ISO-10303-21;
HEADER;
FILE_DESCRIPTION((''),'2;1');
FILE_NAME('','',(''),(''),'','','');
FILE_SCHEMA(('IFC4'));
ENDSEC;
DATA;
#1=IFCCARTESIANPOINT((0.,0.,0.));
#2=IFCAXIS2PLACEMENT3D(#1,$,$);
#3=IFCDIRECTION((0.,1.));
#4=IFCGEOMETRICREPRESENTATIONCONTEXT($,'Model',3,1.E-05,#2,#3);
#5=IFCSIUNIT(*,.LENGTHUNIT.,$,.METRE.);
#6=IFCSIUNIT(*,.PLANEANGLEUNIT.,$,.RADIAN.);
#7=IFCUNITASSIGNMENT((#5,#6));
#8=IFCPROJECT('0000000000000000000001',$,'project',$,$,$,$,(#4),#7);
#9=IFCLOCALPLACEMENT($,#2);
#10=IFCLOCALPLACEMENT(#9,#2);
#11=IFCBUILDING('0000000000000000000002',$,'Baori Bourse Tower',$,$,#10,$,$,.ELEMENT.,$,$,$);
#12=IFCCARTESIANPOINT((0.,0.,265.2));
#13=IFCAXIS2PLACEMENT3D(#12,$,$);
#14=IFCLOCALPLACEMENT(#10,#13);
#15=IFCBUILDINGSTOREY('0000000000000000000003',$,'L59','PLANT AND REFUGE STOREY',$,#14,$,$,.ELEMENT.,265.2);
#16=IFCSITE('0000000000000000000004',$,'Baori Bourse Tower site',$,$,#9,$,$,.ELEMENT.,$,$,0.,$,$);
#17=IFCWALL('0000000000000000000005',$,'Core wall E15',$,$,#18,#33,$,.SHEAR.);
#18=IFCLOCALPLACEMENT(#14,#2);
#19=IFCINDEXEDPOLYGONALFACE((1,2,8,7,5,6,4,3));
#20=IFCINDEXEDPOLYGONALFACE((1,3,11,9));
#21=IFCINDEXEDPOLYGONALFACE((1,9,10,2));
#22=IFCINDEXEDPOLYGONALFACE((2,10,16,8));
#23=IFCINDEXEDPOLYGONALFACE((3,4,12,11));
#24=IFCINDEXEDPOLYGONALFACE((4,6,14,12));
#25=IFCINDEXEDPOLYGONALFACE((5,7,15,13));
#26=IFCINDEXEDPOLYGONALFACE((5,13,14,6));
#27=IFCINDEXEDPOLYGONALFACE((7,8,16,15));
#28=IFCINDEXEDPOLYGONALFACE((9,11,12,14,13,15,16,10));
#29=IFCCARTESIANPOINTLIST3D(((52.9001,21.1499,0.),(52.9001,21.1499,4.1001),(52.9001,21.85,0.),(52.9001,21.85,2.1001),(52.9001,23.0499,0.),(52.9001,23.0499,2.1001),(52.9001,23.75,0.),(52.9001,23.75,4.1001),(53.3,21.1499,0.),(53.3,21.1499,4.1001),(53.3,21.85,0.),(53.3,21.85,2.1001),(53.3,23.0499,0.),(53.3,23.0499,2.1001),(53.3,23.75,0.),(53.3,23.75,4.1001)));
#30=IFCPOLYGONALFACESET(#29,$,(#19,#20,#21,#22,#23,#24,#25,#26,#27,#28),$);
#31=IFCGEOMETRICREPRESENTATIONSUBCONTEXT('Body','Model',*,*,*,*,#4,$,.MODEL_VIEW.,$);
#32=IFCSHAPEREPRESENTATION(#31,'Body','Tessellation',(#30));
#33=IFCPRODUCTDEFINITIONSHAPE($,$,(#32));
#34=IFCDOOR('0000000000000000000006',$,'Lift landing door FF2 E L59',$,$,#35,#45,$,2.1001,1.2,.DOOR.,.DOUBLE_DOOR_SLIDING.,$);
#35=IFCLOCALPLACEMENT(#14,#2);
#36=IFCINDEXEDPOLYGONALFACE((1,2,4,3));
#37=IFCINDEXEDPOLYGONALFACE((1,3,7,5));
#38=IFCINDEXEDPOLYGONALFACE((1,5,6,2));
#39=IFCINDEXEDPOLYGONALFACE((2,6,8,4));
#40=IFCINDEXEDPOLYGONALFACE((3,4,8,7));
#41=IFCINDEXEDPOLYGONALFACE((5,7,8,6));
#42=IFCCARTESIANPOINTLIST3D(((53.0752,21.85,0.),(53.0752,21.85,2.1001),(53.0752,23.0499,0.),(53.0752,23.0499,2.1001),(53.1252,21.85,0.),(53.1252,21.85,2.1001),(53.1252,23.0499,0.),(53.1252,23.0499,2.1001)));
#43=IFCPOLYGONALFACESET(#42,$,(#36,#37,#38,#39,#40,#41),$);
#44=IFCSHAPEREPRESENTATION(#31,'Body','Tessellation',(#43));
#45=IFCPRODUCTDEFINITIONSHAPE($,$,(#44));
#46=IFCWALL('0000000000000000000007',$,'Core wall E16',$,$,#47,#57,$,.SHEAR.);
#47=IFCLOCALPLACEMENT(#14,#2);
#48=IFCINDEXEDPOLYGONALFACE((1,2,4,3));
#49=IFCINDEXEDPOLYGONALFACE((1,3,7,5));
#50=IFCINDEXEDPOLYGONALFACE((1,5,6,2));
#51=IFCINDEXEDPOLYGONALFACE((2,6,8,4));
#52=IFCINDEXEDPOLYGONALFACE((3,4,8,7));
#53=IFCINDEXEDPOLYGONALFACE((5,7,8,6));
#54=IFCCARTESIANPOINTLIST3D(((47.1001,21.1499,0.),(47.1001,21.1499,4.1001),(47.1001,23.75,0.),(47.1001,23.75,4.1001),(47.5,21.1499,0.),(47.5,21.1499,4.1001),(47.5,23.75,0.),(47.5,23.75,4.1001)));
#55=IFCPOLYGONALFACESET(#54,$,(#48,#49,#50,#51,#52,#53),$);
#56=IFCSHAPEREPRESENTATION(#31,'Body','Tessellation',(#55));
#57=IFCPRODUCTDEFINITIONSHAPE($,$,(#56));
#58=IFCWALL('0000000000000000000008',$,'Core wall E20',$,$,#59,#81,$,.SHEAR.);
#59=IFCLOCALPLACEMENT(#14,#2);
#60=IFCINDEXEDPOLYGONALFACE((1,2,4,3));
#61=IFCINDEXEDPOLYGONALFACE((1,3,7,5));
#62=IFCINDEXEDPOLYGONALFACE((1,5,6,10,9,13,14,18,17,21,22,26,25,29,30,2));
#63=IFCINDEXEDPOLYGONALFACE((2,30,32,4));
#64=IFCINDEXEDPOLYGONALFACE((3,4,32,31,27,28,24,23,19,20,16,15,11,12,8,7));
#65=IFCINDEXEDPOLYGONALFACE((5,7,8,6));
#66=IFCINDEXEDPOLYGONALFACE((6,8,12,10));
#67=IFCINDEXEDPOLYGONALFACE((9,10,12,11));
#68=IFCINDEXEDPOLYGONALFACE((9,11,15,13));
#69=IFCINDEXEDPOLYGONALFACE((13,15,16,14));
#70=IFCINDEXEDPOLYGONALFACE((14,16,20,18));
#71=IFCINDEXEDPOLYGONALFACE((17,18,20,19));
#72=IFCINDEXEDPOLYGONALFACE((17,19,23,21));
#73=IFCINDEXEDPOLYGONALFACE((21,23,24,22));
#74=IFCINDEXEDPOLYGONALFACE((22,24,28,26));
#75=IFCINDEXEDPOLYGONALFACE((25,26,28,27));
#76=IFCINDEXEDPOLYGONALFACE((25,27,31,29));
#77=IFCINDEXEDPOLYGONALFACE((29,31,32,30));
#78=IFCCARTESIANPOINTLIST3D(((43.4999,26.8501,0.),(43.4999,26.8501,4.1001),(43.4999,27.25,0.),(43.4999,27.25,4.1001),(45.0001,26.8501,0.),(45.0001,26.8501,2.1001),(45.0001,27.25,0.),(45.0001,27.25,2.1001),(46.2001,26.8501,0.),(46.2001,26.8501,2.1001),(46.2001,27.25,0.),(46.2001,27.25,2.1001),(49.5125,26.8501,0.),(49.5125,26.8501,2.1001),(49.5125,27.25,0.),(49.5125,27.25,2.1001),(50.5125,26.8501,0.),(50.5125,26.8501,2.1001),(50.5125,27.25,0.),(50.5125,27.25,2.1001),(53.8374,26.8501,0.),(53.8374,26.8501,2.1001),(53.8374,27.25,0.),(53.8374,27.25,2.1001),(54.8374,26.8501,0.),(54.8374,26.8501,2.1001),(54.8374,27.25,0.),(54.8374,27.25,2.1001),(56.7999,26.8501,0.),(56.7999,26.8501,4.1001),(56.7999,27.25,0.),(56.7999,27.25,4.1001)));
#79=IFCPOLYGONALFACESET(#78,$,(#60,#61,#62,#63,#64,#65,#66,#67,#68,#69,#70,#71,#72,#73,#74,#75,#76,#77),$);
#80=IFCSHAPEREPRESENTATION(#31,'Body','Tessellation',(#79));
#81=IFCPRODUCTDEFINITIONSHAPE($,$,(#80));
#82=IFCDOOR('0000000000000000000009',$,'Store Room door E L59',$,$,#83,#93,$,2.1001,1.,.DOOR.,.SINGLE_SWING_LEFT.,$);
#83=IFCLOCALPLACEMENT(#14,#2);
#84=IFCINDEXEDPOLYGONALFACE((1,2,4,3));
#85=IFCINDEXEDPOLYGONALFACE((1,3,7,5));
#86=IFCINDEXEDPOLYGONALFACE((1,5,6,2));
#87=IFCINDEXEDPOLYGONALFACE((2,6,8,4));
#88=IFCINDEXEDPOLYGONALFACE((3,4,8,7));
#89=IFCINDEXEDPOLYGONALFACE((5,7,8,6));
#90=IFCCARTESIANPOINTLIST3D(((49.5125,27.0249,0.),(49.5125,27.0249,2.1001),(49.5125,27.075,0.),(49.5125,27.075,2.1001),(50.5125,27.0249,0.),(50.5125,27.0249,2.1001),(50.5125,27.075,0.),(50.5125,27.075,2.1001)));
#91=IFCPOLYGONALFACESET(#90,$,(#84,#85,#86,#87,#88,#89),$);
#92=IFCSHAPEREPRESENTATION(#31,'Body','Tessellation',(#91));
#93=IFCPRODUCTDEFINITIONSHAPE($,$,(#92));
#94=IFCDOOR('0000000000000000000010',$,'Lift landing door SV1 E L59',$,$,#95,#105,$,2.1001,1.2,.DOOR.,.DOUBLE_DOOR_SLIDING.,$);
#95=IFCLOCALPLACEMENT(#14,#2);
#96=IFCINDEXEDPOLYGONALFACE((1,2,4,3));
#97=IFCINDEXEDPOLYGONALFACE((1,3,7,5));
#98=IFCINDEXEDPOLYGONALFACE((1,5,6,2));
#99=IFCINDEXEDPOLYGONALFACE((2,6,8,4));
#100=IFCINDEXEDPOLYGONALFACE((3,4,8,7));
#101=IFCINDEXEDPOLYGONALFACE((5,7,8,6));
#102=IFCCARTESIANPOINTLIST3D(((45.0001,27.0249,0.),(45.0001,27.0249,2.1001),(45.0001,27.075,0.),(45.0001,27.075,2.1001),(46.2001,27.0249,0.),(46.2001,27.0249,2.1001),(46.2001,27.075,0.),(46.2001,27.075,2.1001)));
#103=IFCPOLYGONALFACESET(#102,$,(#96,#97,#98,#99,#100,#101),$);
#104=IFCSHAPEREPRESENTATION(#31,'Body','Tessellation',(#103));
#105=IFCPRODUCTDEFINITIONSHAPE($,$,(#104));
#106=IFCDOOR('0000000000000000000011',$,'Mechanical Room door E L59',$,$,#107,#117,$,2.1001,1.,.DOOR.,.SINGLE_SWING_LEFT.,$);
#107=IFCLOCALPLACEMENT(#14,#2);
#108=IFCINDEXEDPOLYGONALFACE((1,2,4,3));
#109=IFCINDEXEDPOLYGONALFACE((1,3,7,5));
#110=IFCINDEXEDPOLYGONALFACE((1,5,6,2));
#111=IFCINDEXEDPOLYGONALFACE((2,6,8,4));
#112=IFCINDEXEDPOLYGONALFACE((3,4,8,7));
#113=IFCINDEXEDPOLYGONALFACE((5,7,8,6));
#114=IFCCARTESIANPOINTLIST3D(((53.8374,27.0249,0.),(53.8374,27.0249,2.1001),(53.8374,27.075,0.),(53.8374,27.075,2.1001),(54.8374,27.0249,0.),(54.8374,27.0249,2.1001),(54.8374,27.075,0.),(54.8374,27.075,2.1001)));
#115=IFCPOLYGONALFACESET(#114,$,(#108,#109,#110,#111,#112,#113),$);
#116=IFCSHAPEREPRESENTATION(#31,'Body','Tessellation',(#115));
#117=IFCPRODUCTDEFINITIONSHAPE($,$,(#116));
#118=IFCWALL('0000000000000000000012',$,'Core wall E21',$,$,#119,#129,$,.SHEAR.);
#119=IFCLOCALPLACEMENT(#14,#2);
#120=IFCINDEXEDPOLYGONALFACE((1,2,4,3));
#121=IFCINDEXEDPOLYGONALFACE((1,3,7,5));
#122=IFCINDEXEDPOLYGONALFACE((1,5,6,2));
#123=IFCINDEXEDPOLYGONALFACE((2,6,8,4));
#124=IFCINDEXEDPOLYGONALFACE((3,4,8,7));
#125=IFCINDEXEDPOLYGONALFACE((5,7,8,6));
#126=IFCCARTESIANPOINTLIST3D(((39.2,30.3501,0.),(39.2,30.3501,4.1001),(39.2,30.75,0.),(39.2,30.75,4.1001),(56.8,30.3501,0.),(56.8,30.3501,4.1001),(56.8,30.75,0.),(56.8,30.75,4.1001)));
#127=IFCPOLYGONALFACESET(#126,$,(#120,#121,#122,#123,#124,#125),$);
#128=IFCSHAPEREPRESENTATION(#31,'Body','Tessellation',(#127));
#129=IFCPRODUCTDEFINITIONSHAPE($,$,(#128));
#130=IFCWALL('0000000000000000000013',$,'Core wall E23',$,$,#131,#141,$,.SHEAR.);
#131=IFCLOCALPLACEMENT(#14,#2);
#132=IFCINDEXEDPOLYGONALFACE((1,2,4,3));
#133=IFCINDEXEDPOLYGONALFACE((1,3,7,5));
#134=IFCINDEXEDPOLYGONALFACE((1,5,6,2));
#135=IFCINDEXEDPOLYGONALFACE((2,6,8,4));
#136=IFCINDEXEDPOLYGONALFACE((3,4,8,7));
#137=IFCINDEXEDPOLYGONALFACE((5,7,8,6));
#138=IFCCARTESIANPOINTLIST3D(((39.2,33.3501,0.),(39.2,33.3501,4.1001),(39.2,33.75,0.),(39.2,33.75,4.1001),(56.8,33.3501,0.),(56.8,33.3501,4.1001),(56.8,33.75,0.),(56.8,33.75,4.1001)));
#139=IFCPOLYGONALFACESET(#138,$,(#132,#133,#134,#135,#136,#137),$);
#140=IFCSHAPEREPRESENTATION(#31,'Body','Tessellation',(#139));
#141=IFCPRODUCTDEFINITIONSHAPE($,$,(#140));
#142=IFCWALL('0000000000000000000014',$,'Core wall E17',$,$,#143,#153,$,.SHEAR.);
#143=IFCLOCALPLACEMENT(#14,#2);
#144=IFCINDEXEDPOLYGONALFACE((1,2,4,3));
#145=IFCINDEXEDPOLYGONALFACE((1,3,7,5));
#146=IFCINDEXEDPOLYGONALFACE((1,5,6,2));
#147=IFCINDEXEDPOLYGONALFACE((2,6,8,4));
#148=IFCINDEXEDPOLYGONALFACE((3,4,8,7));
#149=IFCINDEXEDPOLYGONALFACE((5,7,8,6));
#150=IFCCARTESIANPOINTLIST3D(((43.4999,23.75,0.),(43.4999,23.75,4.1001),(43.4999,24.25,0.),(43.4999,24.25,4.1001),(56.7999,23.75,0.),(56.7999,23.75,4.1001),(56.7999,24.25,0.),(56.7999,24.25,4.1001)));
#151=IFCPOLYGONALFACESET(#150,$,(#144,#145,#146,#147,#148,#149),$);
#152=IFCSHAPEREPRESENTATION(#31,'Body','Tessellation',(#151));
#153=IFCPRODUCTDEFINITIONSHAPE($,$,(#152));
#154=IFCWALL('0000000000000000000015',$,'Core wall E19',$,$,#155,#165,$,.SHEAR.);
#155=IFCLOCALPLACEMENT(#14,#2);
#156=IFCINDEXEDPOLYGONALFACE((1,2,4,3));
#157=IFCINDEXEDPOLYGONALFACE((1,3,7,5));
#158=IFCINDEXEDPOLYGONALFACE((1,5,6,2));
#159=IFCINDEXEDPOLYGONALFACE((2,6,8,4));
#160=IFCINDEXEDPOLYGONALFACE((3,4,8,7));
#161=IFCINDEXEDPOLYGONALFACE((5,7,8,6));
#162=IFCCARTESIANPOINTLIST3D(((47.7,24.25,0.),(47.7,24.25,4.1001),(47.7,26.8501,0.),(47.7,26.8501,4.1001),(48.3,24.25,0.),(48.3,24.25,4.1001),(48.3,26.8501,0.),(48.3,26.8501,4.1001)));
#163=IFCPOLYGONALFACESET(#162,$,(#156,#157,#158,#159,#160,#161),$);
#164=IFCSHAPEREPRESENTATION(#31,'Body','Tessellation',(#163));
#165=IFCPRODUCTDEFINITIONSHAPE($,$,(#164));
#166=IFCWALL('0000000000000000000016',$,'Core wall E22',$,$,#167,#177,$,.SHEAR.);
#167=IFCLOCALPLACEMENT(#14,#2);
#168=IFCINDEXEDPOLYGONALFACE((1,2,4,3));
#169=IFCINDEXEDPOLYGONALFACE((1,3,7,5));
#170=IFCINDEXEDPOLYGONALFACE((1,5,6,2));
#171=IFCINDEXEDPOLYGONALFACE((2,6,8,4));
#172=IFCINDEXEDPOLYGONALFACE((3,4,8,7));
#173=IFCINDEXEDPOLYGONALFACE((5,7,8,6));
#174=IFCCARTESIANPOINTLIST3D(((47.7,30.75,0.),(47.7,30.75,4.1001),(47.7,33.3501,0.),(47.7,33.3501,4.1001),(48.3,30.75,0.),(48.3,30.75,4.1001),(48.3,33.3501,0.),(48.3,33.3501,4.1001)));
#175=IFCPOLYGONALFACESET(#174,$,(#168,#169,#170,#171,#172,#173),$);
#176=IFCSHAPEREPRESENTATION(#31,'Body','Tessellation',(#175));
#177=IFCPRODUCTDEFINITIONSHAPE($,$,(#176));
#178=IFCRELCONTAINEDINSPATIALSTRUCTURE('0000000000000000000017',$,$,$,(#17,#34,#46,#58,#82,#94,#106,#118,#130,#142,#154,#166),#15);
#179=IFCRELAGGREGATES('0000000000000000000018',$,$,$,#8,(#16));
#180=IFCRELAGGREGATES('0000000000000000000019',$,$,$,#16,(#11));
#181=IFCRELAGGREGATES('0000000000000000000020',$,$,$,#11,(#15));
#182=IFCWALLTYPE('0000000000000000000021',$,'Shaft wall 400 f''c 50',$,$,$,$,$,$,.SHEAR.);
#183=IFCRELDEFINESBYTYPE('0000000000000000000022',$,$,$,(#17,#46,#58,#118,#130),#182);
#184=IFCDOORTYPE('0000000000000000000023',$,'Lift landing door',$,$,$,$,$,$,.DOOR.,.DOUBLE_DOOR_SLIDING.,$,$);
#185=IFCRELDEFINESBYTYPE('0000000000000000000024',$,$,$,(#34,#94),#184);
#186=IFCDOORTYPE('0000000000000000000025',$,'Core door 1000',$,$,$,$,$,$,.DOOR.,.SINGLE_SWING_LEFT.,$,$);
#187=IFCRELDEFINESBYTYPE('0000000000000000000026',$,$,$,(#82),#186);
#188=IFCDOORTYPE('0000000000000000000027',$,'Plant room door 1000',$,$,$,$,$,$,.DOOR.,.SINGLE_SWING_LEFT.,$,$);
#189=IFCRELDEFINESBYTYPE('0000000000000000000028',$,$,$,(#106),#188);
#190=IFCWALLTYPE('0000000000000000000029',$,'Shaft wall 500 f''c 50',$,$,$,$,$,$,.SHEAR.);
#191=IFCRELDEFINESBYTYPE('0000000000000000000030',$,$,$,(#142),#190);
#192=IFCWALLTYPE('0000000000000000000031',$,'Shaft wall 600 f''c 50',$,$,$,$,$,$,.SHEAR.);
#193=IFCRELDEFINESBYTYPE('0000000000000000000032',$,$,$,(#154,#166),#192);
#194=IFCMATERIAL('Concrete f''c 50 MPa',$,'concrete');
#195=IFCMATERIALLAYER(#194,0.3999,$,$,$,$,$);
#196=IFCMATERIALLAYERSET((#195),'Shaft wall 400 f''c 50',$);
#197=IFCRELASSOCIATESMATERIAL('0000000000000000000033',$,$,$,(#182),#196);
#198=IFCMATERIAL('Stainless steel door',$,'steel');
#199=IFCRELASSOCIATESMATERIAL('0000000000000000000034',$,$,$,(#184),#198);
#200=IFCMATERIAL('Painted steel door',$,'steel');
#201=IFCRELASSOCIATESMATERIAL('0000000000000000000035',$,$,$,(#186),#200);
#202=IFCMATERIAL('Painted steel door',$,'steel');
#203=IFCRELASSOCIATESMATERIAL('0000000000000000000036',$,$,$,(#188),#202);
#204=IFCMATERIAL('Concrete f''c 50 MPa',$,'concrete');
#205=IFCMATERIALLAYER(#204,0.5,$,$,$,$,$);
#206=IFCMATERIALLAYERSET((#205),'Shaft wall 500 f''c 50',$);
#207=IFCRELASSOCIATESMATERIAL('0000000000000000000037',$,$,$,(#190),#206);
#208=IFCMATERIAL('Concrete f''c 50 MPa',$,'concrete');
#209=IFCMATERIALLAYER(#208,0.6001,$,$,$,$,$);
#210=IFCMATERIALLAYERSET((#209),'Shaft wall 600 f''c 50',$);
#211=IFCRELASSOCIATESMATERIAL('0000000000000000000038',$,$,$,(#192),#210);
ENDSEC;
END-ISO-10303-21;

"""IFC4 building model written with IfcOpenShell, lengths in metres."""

from ifc_helpers import new_model, si_unit, direction, frame, frame_2d, origin, place, context, subcontext, project, spatial, rectangle, extrude, material, layer, layer_set, type_object, element, fill, save


model = new_model("IFC4")

# Units and contexts
model_context = context("Model", 3, precision=1e-05, world=origin(), true_north=direction((0.0, 1.0)))
body_context = subcontext(model_context, "Body", "Model", "MODEL_VIEW")
ifc_project = project(units=[si_unit("LENGTHUNIT", "METRE"), si_unit("PLANEANGLEUNIT", "RADIAN")], contexts=[model_context])

# Site, building, storey
site_placement = place(None, origin())
site = spatial("IfcSite", under=ifc_project, at=site_placement, Name="Baori Bourse Tower site", CompositionType="ELEMENT", RefElevation=0.0)
building_placement = place(site_placement, origin())
building = spatial("IfcBuilding", under=site, at=building_placement, Name="Baori Bourse Tower", CompositionType="ELEMENT")
storey_placement = place(building_placement, frame((0.0, 0.0, 265.2)))
storey = spatial("IfcBuildingStorey", under=building, at=storey_placement, Name="L59", Description="PLANT AND REFUGE STOREY", CompositionType="ELEMENT", Elevation=265.2)

# Shared definitions
ifc_material_1 = material(Name="Concrete f'c 50 MPa", Category="concrete")
ifc_layer_1 = layer(ifc_material_1, 0.3999)
ifc_layer_set_1 = layer_set([ifc_layer_1], Name="Shaft wall 400 f'c 50")
wall_type_1 = type_object("IfcWallType", Name="Shaft wall 400 f'c 50", PredefinedType="SHEAR", material=ifc_layer_set_1)

# Wall, opening, door
wall_1_placement = place(storey_placement, frame((53.1001, 21.1499, 0.0), z_axis=(0.0, 0.0, 1.0), x_axis=(0.0, 1.0, 0.0)))
wall_1 = element("IfcWall", 1, at=wall_1_placement, inside=storey, type_object=wall_type_1, Name="Core wall E15", PredefinedType="SHEAR", context=body_context, shape_type="SweptSolid", body=[
    extrude(rectangle(XDim=2.6001, YDim=0.3999, at=frame_2d((1.3, 0.0))), origin(), (0.0, 0.0, 1.0), 4.1001),
])
opening_1_placement = place(wall_1_placement, frame((0.7, 0.0, 0.0)))
opening_1 = element("IfcOpeningElement", 2, at=opening_1_placement, cuts=wall_1, PredefinedType="OPENING", context=body_context, shape_type="SweptSolid", body=[
    extrude(rectangle(XDim=1.2, YDim=2.1001, at=frame_2d((0.6001, 1.05))), frame((0.0, 0.21, 0.0), z_axis=(0.0, -1.0, 0.0), x_axis=(1.0, 0.0, 0.0)), (0.0, 0.0, 1.0), 0.4199),
])
ifc_material_2 = material(Name="Stainless steel door", Category="steel")
door_type_1 = type_object("IfcDoorType", Name="Lift landing door", OperationType="DOUBLE_DOOR_SLIDING", PredefinedType="DOOR", material=ifc_material_2)
door_1_placement = place(opening_1_placement, origin())
door_1 = element("IfcDoor", 3, at=door_1_placement, inside=storey, type_object=door_type_1, Name="Lift landing door FF2 E L59", OperationType="DOUBLE_DOOR_SLIDING", OverallHeight=2.1001, OverallWidth=1.2, PredefinedType="DOOR", context=body_context, shape_type="SweptSolid", body=[
    extrude(rectangle(XDim=1.2, YDim=2.1001, at=frame_2d((0.6001, 1.05))), frame((0.0, 0.0249, 0.0), z_axis=(0.0, -1.0, 0.0), x_axis=(1.0, 0.0, 0.0)), (0.0, 0.0, 1.0), 0.05),
])
fill(opening_1, door_1)

# Wall
wall_2_placement = place(storey_placement, frame((47.3, 21.1499, 0.0), z_axis=(0.0, 0.0, 1.0), x_axis=(0.0, 1.0, 0.0)))
element("IfcWall", 4, at=wall_2_placement, inside=storey, type_object=wall_type_1, Name="Core wall E16", PredefinedType="SHEAR", context=body_context, shape_type="SweptSolid", body=[
    extrude(rectangle(XDim=2.6001, YDim=0.3999, at=frame_2d((1.3, 0.0))), origin(), (0.0, 0.0, 1.0), 4.1001),
])

# Wall, openings, doors
wall_3_placement = place(storey_placement, frame((43.5, 27.05, 0.0), z_axis=(0.0, 0.0, 1.0), x_axis=(1.0, 0.0, 0.0)))
wall_3 = element("IfcWall", 5, at=wall_3_placement, inside=storey, type_object=wall_type_1, Name="Core wall E20", PredefinedType="SHEAR", context=body_context, shape_type="SweptSolid", body=[
    extrude(rectangle(XDim=13.3, YDim=0.3999, at=frame_2d((6.6499, 0.0))), origin(), (0.0, 0.0, 1.0), 4.1001),
])
opening_2_placement = place(wall_3_placement, frame((10.3374, 0.0, 0.0)))
opening_2 = element("IfcOpeningElement", 6, at=opening_2_placement, cuts=wall_3, PredefinedType="OPENING", context=body_context, shape_type="SweptSolid", body=[
    extrude(rectangle(XDim=1.0, YDim=2.1001, at=frame_2d((0.5, 1.05))), frame((0.0, 0.21, 0.0), z_axis=(0.0, -1.0, 0.0), x_axis=(1.0, 0.0, 0.0)), (0.0, 0.0, 1.0), 0.4199),
])
opening_3_placement = place(wall_3_placement, frame((6.0125, 0.0, 0.0)))
opening_3 = element("IfcOpeningElement", 7, at=opening_3_placement, cuts=wall_3, PredefinedType="OPENING", context=body_context, shape_type="SweptSolid", body=[
    extrude(rectangle(XDim=1.0, YDim=2.1001, at=frame_2d((0.5, 1.05))), frame((0.0, 0.21, 0.0), z_axis=(0.0, -1.0, 0.0), x_axis=(1.0, 0.0, 0.0)), (0.0, 0.0, 1.0), 0.4199),
])
opening_4_placement = place(wall_3_placement, frame((1.5, 0.0, 0.0)))
opening_4 = element("IfcOpeningElement", 8, at=opening_4_placement, cuts=wall_3, PredefinedType="OPENING", context=body_context, shape_type="SweptSolid", body=[
    extrude(rectangle(XDim=1.2, YDim=2.1001, at=frame_2d((0.6001, 1.05))), frame((0.0, 0.21, 0.0), z_axis=(0.0, -1.0, 0.0), x_axis=(1.0, 0.0, 0.0)), (0.0, 0.0, 1.0), 0.4199),
])
ifc_material_3 = material(Name="Painted steel door", Category="steel")
door_type_2 = type_object("IfcDoorType", Name="Core door 1000", OperationType="SINGLE_SWING_LEFT", PredefinedType="DOOR", material=ifc_material_3)
door_2_placement = place(opening_3_placement, origin())
door_2 = element("IfcDoor", 9, at=door_2_placement, inside=storey, type_object=door_type_2, Name="Store Room door E L59", OperationType="SINGLE_SWING_LEFT", OverallHeight=2.1001, OverallWidth=1.0, PredefinedType="DOOR", context=body_context, shape_type="SweptSolid", body=[
    extrude(rectangle(XDim=1.0, YDim=2.1001, at=frame_2d((0.5, 1.05))), frame((0.0, 0.0249, 0.0), z_axis=(0.0, -1.0, 0.0), x_axis=(1.0, 0.0, 0.0)), (0.0, 0.0, 1.0), 0.05),
])
fill(opening_3, door_2)
door_3_placement = place(opening_4_placement, origin())
door_3 = element("IfcDoor", 10, at=door_3_placement, inside=storey, type_object=door_type_1, Name="Lift landing door SV1 E L59", OperationType="DOUBLE_DOOR_SLIDING", OverallHeight=2.1001, OverallWidth=1.2, PredefinedType="DOOR", context=body_context, shape_type="SweptSolid", body=[
    extrude(rectangle(XDim=1.2, YDim=2.1001, at=frame_2d((0.6001, 1.05))), frame((0.0, 0.0249, 0.0), z_axis=(0.0, -1.0, 0.0), x_axis=(1.0, 0.0, 0.0)), (0.0, 0.0, 1.0), 0.05),
])
fill(opening_4, door_3)
ifc_material_4 = material(Name="Painted steel door", Category="steel")
door_type_3 = type_object("IfcDoorType", Name="Plant room door 1000", OperationType="SINGLE_SWING_LEFT", PredefinedType="DOOR", material=ifc_material_4)
door_4_placement = place(opening_2_placement, origin())
door_4 = element("IfcDoor", 11, at=door_4_placement, inside=storey, type_object=door_type_3, Name="Mechanical Room door E L59", OperationType="SINGLE_SWING_LEFT", OverallHeight=2.1001, OverallWidth=1.0, PredefinedType="DOOR", context=body_context, shape_type="SweptSolid", body=[
    extrude(rectangle(XDim=1.0, YDim=2.1001, at=frame_2d((0.5, 1.05))), frame((0.0, 0.0249, 0.0), z_axis=(0.0, -1.0, 0.0), x_axis=(1.0, 0.0, 0.0)), (0.0, 0.0, 1.0), 0.05),
])
fill(opening_2, door_4)

# Walls
for number, where, z_axis, x_axis, name in (
    (12, (39.2, 30.55, 0.0), (0.0, 0.0, 1.0), (1.0, 0.0, 0.0), "Core wall E21"),
    (13, (39.2, 33.55, 0.0), (0.0, 0.0, 1.0), (1.0, 0.0, 0.0), "Core wall E23"),
):
    element("IfcWall", number, at=place(storey_placement, frame(where, z_axis=z_axis, x_axis=x_axis)), inside=storey, type_object=wall_type_1, Name=name, PredefinedType="SHEAR", context=body_context, shape_type="SweptSolid", body=[
        extrude(rectangle(XDim=17.6001, YDim=0.3999, at=frame_2d((8.8, 0.0))), origin(), (0.0, 0.0, 1.0), 4.1001),
    ])
ifc_material_5 = material(Name="Concrete f'c 50 MPa", Category="concrete")
ifc_layer_2 = layer(ifc_material_5, 0.5)
ifc_layer_set_2 = layer_set([ifc_layer_2], Name="Shaft wall 500 f'c 50")
wall_type_2 = type_object("IfcWallType", Name="Shaft wall 500 f'c 50", PredefinedType="SHEAR", material=ifc_layer_set_2)
wall_4_placement = place(storey_placement, frame((43.5, 24.0, 0.0), z_axis=(0.0, 0.0, 1.0), x_axis=(1.0, 0.0, 0.0)))
element("IfcWall", 14, at=wall_4_placement, inside=storey, type_object=wall_type_2, Name="Core wall E17", PredefinedType="SHEAR", context=body_context, shape_type="SweptSolid", body=[
    extrude(rectangle(XDim=13.3, YDim=0.5, at=frame_2d((6.6499, 0.0))), origin(), (0.0, 0.0, 1.0), 4.1001),
])
ifc_material_6 = material(Name="Concrete f'c 50 MPa", Category="concrete")
ifc_layer_3 = layer(ifc_material_6, 0.6001)
ifc_layer_set_3 = layer_set([ifc_layer_3], Name="Shaft wall 600 f'c 50")
wall_type_3 = type_object("IfcWallType", Name="Shaft wall 600 f'c 50", PredefinedType="SHEAR", material=ifc_layer_set_3)
for number, where, z_axis, x_axis, name in (
    (15, (48.0, 24.25, 0.0), (0.0, 0.0, 1.0), (0.0, 1.0, 0.0), "Core wall E19"),
    (16, (48.0, 30.75, 0.0), (0.0, 0.0, 1.0), (0.0, 1.0, 0.0), "Core wall E22"),
):
    element("IfcWall", number, at=place(storey_placement, frame(where, z_axis=z_axis, x_axis=x_axis)), inside=storey, type_object=wall_type_3, Name=name, PredefinedType="SHEAR", context=body_context, shape_type="SweptSolid", body=[
        extrude(rectangle(XDim=2.6001, YDim=0.6001, at=frame_2d((1.3, 0.0))), origin(), (0.0, 0.0, 1.0), 4.1001),
    ])

save(model, "model.ifc")
